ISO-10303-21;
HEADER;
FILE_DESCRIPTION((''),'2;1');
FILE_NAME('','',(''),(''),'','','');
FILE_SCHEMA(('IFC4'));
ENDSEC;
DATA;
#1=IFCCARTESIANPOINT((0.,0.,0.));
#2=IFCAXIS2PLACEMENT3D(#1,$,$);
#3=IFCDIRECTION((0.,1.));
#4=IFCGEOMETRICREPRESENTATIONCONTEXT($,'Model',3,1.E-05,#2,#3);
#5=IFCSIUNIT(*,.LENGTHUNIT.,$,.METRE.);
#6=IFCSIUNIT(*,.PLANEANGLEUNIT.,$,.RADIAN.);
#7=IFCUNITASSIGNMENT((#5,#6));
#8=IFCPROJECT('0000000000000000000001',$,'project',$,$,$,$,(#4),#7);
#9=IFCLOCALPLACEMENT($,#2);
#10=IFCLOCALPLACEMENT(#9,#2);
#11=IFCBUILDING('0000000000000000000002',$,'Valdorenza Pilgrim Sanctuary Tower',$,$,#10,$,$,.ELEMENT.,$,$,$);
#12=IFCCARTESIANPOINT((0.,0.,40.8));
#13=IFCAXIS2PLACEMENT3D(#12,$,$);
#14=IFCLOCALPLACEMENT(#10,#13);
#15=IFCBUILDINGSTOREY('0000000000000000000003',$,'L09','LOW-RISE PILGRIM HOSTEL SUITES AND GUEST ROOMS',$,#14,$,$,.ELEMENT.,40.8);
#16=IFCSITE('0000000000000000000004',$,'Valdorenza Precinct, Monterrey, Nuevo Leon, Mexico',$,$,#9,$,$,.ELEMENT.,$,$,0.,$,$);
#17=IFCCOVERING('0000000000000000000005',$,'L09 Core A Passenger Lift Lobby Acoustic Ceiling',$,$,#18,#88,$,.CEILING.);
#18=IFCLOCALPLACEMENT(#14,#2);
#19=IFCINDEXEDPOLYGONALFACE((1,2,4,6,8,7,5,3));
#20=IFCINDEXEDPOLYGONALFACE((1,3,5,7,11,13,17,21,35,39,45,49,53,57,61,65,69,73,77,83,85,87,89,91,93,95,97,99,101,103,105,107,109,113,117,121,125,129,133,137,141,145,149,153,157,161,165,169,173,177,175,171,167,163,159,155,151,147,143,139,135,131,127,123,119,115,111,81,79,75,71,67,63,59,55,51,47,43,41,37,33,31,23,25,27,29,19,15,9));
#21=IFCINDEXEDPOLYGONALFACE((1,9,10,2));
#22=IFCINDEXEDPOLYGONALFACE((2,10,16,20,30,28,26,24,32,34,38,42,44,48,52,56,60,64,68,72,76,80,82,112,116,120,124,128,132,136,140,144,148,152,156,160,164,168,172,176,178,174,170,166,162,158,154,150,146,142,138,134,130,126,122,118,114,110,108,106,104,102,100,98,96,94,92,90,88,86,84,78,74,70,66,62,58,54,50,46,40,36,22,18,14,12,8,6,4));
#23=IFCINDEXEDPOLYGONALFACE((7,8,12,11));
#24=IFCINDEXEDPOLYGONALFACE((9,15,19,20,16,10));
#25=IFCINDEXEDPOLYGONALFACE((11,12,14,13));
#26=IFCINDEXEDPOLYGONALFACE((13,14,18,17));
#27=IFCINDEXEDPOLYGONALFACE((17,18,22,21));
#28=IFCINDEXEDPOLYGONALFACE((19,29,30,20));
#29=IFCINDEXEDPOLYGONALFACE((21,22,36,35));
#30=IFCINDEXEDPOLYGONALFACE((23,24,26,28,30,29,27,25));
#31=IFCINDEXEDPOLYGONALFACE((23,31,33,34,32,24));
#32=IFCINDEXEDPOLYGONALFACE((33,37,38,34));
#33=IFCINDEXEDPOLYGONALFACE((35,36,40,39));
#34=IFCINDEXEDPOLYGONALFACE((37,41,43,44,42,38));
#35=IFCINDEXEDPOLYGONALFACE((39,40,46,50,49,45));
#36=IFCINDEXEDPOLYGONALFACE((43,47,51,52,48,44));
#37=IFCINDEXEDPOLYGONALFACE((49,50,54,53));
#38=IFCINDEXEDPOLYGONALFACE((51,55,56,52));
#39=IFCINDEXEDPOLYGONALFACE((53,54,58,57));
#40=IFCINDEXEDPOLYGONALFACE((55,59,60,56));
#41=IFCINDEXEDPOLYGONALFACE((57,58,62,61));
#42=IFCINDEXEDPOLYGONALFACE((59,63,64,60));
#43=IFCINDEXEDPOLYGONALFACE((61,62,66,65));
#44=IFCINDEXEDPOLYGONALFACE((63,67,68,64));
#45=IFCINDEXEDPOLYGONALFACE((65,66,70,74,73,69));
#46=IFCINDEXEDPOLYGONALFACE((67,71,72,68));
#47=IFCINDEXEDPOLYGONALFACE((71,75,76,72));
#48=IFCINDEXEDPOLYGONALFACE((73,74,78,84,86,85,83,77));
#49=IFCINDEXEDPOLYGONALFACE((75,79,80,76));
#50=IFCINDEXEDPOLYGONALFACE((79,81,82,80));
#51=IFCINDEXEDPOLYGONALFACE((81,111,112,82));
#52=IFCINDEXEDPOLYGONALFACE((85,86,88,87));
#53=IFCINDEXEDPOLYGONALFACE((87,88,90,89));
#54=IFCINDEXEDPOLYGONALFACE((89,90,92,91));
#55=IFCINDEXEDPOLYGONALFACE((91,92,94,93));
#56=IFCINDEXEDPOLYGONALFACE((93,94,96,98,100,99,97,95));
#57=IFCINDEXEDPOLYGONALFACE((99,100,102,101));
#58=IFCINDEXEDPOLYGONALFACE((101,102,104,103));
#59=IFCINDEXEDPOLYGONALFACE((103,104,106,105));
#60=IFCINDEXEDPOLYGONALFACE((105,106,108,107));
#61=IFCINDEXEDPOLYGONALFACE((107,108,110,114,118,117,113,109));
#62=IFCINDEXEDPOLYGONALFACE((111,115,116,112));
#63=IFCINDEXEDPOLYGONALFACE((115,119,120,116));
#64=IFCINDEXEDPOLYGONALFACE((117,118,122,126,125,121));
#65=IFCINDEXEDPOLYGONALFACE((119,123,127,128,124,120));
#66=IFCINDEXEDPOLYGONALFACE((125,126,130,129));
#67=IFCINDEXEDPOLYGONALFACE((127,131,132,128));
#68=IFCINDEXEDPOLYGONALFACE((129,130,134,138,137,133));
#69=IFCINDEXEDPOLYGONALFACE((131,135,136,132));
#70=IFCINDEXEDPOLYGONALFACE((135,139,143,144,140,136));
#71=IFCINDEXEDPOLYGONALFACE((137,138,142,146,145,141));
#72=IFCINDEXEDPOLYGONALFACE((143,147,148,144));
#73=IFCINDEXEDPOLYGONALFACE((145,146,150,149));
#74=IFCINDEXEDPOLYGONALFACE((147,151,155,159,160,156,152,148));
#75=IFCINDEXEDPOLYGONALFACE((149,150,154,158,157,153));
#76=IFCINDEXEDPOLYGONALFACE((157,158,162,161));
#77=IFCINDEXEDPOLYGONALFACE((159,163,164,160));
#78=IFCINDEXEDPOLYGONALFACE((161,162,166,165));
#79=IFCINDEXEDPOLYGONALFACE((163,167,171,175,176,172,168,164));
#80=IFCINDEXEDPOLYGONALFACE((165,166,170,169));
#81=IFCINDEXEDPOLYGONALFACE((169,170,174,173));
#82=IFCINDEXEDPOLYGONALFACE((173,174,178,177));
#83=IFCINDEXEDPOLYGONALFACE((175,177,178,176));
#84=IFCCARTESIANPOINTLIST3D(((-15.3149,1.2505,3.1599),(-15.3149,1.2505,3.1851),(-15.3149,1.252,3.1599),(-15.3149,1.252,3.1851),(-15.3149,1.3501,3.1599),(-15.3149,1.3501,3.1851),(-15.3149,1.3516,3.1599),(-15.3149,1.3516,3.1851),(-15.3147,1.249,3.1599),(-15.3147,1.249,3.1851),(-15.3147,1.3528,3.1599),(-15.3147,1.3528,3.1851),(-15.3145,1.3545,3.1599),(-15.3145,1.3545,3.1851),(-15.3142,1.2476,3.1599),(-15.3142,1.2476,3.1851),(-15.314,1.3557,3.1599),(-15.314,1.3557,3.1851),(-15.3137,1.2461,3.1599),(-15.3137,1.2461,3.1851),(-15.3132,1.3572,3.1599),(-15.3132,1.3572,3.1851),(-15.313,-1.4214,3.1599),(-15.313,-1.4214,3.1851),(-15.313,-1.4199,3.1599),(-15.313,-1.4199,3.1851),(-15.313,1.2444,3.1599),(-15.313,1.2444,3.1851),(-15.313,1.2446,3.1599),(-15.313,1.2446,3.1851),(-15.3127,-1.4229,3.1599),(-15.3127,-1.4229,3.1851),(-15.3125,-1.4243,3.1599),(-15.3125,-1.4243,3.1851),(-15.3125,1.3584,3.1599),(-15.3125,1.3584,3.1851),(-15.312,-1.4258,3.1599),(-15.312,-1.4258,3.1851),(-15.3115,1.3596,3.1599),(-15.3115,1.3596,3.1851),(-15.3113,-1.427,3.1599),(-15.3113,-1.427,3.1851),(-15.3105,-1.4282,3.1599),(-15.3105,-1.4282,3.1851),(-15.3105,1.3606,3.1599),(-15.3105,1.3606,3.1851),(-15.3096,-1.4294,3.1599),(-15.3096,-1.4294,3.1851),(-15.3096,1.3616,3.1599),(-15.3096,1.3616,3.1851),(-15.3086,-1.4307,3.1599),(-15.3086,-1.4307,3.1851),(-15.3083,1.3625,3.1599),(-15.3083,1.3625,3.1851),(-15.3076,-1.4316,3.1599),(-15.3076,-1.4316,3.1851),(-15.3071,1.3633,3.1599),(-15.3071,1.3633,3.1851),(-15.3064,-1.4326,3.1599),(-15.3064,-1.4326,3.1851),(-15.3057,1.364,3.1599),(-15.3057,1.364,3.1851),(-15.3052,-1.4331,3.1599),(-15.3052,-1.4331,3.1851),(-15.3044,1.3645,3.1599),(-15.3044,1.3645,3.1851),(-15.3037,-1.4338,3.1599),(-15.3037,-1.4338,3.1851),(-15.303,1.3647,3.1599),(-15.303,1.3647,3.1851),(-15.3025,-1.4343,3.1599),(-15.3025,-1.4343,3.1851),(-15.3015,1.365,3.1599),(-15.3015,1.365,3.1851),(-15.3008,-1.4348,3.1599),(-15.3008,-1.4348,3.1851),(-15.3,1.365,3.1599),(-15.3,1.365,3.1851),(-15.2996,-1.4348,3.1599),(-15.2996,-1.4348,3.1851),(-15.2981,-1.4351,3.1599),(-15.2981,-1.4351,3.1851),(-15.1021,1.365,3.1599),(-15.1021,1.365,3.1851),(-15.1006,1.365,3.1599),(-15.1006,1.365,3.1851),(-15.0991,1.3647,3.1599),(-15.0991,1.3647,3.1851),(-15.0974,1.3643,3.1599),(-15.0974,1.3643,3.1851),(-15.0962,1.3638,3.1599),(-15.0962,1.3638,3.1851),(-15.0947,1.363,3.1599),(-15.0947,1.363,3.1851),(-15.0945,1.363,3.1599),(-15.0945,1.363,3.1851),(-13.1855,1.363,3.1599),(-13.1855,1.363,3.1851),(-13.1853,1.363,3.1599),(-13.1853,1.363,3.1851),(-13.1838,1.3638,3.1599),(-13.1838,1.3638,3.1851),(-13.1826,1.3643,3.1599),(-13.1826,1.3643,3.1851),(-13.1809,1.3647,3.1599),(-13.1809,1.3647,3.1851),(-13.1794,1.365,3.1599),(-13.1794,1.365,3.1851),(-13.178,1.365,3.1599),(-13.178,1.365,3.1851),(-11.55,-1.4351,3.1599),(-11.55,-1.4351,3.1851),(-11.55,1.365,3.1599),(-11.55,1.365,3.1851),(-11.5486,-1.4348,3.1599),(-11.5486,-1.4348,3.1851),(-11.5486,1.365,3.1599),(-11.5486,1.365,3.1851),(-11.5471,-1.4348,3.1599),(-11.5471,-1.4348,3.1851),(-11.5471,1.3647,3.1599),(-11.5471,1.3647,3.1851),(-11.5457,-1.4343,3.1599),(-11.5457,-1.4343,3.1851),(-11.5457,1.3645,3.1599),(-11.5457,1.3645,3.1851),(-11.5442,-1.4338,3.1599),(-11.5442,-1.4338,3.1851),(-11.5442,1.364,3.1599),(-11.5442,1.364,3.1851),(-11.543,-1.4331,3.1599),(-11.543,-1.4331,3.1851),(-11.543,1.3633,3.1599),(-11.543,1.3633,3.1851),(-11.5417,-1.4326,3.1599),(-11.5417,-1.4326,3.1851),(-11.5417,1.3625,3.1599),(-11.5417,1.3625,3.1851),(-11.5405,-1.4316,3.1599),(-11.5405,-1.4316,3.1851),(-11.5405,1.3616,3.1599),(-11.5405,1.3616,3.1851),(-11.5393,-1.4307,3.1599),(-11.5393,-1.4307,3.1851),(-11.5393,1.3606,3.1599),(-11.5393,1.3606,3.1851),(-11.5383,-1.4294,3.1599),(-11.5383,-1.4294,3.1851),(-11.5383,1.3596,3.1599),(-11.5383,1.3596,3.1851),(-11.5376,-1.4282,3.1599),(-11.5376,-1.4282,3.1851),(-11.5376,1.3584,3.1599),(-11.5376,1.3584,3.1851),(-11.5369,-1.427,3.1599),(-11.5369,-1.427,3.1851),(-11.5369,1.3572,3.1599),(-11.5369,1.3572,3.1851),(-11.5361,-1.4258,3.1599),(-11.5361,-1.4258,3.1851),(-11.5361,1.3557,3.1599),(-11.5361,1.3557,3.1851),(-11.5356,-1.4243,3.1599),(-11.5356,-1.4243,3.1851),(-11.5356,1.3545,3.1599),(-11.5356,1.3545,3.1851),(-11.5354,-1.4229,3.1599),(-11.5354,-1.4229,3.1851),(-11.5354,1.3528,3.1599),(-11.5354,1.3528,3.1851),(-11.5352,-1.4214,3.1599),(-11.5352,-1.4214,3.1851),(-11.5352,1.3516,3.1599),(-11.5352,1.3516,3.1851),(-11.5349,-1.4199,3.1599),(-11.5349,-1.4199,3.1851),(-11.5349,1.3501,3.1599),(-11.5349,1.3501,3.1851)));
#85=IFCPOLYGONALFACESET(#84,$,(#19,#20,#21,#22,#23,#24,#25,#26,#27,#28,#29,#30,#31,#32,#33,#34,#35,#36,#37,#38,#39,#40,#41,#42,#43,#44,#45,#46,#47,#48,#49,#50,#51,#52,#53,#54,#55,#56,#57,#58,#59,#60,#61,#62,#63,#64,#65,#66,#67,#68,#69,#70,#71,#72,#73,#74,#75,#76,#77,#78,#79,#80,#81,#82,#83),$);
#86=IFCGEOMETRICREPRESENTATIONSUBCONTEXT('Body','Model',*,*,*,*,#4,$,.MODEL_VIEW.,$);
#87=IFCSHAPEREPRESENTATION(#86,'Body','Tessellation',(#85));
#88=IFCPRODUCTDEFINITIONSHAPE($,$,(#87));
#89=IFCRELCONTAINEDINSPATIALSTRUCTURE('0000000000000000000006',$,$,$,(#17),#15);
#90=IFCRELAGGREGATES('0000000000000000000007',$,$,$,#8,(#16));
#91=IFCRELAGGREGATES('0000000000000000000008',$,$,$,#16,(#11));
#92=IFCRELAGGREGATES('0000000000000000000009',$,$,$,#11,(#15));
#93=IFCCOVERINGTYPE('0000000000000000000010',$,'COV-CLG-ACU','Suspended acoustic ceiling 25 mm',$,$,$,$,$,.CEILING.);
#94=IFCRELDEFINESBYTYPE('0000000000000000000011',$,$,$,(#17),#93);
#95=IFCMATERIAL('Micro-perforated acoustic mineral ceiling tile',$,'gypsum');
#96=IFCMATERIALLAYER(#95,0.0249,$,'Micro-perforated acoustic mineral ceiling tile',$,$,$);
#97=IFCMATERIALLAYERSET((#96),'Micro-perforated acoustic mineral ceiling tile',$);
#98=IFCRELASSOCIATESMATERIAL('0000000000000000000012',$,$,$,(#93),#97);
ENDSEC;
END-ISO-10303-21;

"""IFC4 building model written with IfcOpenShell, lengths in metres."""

from ifc_helpers import new_model, si_unit, direction, frame, origin, place, context, subcontext, project, spatial, polyline, outline, extrude, material, layer, layer_set, type_object, element, save


model = new_model("IFC4")

# Units and contexts
model_context = context("Model", 3, precision=1e-05, world=origin(), true_north=direction((0.0, 1.0)))
body_context = subcontext(model_context, "Body", "Model", "MODEL_VIEW")
ifc_project = project(units=[si_unit("LENGTHUNIT", "METRE"), si_unit("PLANEANGLEUNIT", "RADIAN")], contexts=[model_context])

# Site, building, storey
site_placement = place(None, origin())
site = spatial("IfcSite", under=ifc_project, at=site_placement, Name="Valdorenza Precinct, Monterrey, Nuevo Leon, Mexico", CompositionType="ELEMENT", RefElevation=0.0)
building_placement = place(site_placement, origin())
building = spatial("IfcBuilding", under=site, at=building_placement, Name="Valdorenza Pilgrim Sanctuary Tower", CompositionType="ELEMENT")
storey_placement = place(building_placement, frame((0.0, 0.0, 40.8)))
storey = spatial("IfcBuildingStorey", under=building, at=storey_placement, Name="L09", Description="LOW-RISE PILGRIM HOSTEL SUITES AND GUEST ROOMS", CompositionType="ELEMENT", Elevation=40.8)

# Covering
ifc_material_1 = material(Name="Micro-perforated acoustic mineral ceiling tile", Category="gypsum")
ifc_layer_1 = layer(ifc_material_1, 0.0249, Name="Micro-perforated acoustic mineral ceiling tile")
ifc_layer_set_1 = layer_set([ifc_layer_1], Name="Micro-perforated acoustic mineral ceiling tile")
covering_type_1 = type_object("IfcCoveringType", Name="COV-CLG-ACU", Description="Suspended acoustic ceiling 25 mm", PredefinedType="CEILING", material=ifc_layer_set_1)
covering_1_placement = place(storey_placement, frame((0.0, 0.0, 3.1599)))
element("IfcCovering", 1, at=covering_1_placement, inside=storey, type_object=covering_type_1, Name="L09 Core A Passenger Lift Lobby Acoustic Ceiling", PredefinedType="CEILING", context=body_context, shape_type="SweptSolid", body=[
    extrude(outline(polyline([(-15.313, 1.2444), (-15.313, 1.2446), (-15.3137, 1.2461), (-15.3142, 1.2476), (-15.3147, 1.249), (-15.3149, 1.2505), (-15.3149, 1.252), (-15.3149, 1.3501), (-15.3149, 1.3516), (-15.3147, 1.3528), (-15.3145, 1.3545), (-15.314, 1.3557), (-15.3132, 1.3572), (-15.3125, 1.3584), (-15.3115, 1.3596), (-15.3105, 1.3606), (-15.3096, 1.3616), (-15.3083, 1.3625), (-15.3071, 1.3633), (-15.3057, 1.364), (-15.3044, 1.3645), (-15.303, 1.3647), (-15.3015, 1.365), (-15.3, 1.365), (-15.1021, 1.365), (-15.1006, 1.365), (-15.0991, 1.3647), (-15.0974, 1.3643), (-15.0962, 1.3638), (-15.0947, 1.363), (-15.0945, 1.363), (-13.1855, 1.363), (-13.1853, 1.363), (-13.1838, 1.3638), (-13.1826, 1.3643), (-13.1809, 1.3647), (-13.1794, 1.365), (-13.178, 1.365), (-11.55, 1.365), (-11.5486, 1.365), (-11.5471, 1.3647), (-11.5457, 1.3645), (-11.5442, 1.364), (-11.543, 1.3633), (-11.5417, 1.3625), (-11.5405, 1.3616), (-11.5393, 1.3606), (-11.5383, 1.3596), (-11.5376, 1.3584), (-11.5369, 1.3572), (-11.5361, 1.3557), (-11.5356, 1.3545), (-11.5354, 1.3528), (-11.5352, 1.3516), (-11.5349, 1.3501), (-11.5349, -1.4199), (-11.5352, -1.4214), (-11.5354, -1.4229), (-11.5356, -1.4243), (-11.5361, -1.4258), (-11.5369, -1.427), (-11.5376, -1.4282), (-11.5383, -1.4294), (-11.5393, -1.4307), (-11.5405, -1.4316), (-11.5417, -1.4326), (-11.543, -1.4331), (-11.5442, -1.4338), (-11.5457, -1.4343), (-11.5471, -1.4348), (-11.5486, -1.4348), (-11.55, -1.4351), (-15.2981, -1.4351), (-15.2996, -1.4348), (-15.3008, -1.4348), (-15.3025, -1.4343), (-15.3037, -1.4338), (-15.3052, -1.4331), (-15.3064, -1.4326), (-15.3076, -1.4316), (-15.3086, -1.4307), (-15.3096, -1.4294), (-15.3105, -1.4282), (-15.3113, -1.427), (-15.312, -1.4258), (-15.3125, -1.4243), (-15.3127, -1.4229), (-15.313, -1.4214), (-15.313, -1.4199), (-15.313, 1.2444)])), origin(), (0.0, 0.0, 1.0), 0.0251),
])

save(model, "model.ifc")
